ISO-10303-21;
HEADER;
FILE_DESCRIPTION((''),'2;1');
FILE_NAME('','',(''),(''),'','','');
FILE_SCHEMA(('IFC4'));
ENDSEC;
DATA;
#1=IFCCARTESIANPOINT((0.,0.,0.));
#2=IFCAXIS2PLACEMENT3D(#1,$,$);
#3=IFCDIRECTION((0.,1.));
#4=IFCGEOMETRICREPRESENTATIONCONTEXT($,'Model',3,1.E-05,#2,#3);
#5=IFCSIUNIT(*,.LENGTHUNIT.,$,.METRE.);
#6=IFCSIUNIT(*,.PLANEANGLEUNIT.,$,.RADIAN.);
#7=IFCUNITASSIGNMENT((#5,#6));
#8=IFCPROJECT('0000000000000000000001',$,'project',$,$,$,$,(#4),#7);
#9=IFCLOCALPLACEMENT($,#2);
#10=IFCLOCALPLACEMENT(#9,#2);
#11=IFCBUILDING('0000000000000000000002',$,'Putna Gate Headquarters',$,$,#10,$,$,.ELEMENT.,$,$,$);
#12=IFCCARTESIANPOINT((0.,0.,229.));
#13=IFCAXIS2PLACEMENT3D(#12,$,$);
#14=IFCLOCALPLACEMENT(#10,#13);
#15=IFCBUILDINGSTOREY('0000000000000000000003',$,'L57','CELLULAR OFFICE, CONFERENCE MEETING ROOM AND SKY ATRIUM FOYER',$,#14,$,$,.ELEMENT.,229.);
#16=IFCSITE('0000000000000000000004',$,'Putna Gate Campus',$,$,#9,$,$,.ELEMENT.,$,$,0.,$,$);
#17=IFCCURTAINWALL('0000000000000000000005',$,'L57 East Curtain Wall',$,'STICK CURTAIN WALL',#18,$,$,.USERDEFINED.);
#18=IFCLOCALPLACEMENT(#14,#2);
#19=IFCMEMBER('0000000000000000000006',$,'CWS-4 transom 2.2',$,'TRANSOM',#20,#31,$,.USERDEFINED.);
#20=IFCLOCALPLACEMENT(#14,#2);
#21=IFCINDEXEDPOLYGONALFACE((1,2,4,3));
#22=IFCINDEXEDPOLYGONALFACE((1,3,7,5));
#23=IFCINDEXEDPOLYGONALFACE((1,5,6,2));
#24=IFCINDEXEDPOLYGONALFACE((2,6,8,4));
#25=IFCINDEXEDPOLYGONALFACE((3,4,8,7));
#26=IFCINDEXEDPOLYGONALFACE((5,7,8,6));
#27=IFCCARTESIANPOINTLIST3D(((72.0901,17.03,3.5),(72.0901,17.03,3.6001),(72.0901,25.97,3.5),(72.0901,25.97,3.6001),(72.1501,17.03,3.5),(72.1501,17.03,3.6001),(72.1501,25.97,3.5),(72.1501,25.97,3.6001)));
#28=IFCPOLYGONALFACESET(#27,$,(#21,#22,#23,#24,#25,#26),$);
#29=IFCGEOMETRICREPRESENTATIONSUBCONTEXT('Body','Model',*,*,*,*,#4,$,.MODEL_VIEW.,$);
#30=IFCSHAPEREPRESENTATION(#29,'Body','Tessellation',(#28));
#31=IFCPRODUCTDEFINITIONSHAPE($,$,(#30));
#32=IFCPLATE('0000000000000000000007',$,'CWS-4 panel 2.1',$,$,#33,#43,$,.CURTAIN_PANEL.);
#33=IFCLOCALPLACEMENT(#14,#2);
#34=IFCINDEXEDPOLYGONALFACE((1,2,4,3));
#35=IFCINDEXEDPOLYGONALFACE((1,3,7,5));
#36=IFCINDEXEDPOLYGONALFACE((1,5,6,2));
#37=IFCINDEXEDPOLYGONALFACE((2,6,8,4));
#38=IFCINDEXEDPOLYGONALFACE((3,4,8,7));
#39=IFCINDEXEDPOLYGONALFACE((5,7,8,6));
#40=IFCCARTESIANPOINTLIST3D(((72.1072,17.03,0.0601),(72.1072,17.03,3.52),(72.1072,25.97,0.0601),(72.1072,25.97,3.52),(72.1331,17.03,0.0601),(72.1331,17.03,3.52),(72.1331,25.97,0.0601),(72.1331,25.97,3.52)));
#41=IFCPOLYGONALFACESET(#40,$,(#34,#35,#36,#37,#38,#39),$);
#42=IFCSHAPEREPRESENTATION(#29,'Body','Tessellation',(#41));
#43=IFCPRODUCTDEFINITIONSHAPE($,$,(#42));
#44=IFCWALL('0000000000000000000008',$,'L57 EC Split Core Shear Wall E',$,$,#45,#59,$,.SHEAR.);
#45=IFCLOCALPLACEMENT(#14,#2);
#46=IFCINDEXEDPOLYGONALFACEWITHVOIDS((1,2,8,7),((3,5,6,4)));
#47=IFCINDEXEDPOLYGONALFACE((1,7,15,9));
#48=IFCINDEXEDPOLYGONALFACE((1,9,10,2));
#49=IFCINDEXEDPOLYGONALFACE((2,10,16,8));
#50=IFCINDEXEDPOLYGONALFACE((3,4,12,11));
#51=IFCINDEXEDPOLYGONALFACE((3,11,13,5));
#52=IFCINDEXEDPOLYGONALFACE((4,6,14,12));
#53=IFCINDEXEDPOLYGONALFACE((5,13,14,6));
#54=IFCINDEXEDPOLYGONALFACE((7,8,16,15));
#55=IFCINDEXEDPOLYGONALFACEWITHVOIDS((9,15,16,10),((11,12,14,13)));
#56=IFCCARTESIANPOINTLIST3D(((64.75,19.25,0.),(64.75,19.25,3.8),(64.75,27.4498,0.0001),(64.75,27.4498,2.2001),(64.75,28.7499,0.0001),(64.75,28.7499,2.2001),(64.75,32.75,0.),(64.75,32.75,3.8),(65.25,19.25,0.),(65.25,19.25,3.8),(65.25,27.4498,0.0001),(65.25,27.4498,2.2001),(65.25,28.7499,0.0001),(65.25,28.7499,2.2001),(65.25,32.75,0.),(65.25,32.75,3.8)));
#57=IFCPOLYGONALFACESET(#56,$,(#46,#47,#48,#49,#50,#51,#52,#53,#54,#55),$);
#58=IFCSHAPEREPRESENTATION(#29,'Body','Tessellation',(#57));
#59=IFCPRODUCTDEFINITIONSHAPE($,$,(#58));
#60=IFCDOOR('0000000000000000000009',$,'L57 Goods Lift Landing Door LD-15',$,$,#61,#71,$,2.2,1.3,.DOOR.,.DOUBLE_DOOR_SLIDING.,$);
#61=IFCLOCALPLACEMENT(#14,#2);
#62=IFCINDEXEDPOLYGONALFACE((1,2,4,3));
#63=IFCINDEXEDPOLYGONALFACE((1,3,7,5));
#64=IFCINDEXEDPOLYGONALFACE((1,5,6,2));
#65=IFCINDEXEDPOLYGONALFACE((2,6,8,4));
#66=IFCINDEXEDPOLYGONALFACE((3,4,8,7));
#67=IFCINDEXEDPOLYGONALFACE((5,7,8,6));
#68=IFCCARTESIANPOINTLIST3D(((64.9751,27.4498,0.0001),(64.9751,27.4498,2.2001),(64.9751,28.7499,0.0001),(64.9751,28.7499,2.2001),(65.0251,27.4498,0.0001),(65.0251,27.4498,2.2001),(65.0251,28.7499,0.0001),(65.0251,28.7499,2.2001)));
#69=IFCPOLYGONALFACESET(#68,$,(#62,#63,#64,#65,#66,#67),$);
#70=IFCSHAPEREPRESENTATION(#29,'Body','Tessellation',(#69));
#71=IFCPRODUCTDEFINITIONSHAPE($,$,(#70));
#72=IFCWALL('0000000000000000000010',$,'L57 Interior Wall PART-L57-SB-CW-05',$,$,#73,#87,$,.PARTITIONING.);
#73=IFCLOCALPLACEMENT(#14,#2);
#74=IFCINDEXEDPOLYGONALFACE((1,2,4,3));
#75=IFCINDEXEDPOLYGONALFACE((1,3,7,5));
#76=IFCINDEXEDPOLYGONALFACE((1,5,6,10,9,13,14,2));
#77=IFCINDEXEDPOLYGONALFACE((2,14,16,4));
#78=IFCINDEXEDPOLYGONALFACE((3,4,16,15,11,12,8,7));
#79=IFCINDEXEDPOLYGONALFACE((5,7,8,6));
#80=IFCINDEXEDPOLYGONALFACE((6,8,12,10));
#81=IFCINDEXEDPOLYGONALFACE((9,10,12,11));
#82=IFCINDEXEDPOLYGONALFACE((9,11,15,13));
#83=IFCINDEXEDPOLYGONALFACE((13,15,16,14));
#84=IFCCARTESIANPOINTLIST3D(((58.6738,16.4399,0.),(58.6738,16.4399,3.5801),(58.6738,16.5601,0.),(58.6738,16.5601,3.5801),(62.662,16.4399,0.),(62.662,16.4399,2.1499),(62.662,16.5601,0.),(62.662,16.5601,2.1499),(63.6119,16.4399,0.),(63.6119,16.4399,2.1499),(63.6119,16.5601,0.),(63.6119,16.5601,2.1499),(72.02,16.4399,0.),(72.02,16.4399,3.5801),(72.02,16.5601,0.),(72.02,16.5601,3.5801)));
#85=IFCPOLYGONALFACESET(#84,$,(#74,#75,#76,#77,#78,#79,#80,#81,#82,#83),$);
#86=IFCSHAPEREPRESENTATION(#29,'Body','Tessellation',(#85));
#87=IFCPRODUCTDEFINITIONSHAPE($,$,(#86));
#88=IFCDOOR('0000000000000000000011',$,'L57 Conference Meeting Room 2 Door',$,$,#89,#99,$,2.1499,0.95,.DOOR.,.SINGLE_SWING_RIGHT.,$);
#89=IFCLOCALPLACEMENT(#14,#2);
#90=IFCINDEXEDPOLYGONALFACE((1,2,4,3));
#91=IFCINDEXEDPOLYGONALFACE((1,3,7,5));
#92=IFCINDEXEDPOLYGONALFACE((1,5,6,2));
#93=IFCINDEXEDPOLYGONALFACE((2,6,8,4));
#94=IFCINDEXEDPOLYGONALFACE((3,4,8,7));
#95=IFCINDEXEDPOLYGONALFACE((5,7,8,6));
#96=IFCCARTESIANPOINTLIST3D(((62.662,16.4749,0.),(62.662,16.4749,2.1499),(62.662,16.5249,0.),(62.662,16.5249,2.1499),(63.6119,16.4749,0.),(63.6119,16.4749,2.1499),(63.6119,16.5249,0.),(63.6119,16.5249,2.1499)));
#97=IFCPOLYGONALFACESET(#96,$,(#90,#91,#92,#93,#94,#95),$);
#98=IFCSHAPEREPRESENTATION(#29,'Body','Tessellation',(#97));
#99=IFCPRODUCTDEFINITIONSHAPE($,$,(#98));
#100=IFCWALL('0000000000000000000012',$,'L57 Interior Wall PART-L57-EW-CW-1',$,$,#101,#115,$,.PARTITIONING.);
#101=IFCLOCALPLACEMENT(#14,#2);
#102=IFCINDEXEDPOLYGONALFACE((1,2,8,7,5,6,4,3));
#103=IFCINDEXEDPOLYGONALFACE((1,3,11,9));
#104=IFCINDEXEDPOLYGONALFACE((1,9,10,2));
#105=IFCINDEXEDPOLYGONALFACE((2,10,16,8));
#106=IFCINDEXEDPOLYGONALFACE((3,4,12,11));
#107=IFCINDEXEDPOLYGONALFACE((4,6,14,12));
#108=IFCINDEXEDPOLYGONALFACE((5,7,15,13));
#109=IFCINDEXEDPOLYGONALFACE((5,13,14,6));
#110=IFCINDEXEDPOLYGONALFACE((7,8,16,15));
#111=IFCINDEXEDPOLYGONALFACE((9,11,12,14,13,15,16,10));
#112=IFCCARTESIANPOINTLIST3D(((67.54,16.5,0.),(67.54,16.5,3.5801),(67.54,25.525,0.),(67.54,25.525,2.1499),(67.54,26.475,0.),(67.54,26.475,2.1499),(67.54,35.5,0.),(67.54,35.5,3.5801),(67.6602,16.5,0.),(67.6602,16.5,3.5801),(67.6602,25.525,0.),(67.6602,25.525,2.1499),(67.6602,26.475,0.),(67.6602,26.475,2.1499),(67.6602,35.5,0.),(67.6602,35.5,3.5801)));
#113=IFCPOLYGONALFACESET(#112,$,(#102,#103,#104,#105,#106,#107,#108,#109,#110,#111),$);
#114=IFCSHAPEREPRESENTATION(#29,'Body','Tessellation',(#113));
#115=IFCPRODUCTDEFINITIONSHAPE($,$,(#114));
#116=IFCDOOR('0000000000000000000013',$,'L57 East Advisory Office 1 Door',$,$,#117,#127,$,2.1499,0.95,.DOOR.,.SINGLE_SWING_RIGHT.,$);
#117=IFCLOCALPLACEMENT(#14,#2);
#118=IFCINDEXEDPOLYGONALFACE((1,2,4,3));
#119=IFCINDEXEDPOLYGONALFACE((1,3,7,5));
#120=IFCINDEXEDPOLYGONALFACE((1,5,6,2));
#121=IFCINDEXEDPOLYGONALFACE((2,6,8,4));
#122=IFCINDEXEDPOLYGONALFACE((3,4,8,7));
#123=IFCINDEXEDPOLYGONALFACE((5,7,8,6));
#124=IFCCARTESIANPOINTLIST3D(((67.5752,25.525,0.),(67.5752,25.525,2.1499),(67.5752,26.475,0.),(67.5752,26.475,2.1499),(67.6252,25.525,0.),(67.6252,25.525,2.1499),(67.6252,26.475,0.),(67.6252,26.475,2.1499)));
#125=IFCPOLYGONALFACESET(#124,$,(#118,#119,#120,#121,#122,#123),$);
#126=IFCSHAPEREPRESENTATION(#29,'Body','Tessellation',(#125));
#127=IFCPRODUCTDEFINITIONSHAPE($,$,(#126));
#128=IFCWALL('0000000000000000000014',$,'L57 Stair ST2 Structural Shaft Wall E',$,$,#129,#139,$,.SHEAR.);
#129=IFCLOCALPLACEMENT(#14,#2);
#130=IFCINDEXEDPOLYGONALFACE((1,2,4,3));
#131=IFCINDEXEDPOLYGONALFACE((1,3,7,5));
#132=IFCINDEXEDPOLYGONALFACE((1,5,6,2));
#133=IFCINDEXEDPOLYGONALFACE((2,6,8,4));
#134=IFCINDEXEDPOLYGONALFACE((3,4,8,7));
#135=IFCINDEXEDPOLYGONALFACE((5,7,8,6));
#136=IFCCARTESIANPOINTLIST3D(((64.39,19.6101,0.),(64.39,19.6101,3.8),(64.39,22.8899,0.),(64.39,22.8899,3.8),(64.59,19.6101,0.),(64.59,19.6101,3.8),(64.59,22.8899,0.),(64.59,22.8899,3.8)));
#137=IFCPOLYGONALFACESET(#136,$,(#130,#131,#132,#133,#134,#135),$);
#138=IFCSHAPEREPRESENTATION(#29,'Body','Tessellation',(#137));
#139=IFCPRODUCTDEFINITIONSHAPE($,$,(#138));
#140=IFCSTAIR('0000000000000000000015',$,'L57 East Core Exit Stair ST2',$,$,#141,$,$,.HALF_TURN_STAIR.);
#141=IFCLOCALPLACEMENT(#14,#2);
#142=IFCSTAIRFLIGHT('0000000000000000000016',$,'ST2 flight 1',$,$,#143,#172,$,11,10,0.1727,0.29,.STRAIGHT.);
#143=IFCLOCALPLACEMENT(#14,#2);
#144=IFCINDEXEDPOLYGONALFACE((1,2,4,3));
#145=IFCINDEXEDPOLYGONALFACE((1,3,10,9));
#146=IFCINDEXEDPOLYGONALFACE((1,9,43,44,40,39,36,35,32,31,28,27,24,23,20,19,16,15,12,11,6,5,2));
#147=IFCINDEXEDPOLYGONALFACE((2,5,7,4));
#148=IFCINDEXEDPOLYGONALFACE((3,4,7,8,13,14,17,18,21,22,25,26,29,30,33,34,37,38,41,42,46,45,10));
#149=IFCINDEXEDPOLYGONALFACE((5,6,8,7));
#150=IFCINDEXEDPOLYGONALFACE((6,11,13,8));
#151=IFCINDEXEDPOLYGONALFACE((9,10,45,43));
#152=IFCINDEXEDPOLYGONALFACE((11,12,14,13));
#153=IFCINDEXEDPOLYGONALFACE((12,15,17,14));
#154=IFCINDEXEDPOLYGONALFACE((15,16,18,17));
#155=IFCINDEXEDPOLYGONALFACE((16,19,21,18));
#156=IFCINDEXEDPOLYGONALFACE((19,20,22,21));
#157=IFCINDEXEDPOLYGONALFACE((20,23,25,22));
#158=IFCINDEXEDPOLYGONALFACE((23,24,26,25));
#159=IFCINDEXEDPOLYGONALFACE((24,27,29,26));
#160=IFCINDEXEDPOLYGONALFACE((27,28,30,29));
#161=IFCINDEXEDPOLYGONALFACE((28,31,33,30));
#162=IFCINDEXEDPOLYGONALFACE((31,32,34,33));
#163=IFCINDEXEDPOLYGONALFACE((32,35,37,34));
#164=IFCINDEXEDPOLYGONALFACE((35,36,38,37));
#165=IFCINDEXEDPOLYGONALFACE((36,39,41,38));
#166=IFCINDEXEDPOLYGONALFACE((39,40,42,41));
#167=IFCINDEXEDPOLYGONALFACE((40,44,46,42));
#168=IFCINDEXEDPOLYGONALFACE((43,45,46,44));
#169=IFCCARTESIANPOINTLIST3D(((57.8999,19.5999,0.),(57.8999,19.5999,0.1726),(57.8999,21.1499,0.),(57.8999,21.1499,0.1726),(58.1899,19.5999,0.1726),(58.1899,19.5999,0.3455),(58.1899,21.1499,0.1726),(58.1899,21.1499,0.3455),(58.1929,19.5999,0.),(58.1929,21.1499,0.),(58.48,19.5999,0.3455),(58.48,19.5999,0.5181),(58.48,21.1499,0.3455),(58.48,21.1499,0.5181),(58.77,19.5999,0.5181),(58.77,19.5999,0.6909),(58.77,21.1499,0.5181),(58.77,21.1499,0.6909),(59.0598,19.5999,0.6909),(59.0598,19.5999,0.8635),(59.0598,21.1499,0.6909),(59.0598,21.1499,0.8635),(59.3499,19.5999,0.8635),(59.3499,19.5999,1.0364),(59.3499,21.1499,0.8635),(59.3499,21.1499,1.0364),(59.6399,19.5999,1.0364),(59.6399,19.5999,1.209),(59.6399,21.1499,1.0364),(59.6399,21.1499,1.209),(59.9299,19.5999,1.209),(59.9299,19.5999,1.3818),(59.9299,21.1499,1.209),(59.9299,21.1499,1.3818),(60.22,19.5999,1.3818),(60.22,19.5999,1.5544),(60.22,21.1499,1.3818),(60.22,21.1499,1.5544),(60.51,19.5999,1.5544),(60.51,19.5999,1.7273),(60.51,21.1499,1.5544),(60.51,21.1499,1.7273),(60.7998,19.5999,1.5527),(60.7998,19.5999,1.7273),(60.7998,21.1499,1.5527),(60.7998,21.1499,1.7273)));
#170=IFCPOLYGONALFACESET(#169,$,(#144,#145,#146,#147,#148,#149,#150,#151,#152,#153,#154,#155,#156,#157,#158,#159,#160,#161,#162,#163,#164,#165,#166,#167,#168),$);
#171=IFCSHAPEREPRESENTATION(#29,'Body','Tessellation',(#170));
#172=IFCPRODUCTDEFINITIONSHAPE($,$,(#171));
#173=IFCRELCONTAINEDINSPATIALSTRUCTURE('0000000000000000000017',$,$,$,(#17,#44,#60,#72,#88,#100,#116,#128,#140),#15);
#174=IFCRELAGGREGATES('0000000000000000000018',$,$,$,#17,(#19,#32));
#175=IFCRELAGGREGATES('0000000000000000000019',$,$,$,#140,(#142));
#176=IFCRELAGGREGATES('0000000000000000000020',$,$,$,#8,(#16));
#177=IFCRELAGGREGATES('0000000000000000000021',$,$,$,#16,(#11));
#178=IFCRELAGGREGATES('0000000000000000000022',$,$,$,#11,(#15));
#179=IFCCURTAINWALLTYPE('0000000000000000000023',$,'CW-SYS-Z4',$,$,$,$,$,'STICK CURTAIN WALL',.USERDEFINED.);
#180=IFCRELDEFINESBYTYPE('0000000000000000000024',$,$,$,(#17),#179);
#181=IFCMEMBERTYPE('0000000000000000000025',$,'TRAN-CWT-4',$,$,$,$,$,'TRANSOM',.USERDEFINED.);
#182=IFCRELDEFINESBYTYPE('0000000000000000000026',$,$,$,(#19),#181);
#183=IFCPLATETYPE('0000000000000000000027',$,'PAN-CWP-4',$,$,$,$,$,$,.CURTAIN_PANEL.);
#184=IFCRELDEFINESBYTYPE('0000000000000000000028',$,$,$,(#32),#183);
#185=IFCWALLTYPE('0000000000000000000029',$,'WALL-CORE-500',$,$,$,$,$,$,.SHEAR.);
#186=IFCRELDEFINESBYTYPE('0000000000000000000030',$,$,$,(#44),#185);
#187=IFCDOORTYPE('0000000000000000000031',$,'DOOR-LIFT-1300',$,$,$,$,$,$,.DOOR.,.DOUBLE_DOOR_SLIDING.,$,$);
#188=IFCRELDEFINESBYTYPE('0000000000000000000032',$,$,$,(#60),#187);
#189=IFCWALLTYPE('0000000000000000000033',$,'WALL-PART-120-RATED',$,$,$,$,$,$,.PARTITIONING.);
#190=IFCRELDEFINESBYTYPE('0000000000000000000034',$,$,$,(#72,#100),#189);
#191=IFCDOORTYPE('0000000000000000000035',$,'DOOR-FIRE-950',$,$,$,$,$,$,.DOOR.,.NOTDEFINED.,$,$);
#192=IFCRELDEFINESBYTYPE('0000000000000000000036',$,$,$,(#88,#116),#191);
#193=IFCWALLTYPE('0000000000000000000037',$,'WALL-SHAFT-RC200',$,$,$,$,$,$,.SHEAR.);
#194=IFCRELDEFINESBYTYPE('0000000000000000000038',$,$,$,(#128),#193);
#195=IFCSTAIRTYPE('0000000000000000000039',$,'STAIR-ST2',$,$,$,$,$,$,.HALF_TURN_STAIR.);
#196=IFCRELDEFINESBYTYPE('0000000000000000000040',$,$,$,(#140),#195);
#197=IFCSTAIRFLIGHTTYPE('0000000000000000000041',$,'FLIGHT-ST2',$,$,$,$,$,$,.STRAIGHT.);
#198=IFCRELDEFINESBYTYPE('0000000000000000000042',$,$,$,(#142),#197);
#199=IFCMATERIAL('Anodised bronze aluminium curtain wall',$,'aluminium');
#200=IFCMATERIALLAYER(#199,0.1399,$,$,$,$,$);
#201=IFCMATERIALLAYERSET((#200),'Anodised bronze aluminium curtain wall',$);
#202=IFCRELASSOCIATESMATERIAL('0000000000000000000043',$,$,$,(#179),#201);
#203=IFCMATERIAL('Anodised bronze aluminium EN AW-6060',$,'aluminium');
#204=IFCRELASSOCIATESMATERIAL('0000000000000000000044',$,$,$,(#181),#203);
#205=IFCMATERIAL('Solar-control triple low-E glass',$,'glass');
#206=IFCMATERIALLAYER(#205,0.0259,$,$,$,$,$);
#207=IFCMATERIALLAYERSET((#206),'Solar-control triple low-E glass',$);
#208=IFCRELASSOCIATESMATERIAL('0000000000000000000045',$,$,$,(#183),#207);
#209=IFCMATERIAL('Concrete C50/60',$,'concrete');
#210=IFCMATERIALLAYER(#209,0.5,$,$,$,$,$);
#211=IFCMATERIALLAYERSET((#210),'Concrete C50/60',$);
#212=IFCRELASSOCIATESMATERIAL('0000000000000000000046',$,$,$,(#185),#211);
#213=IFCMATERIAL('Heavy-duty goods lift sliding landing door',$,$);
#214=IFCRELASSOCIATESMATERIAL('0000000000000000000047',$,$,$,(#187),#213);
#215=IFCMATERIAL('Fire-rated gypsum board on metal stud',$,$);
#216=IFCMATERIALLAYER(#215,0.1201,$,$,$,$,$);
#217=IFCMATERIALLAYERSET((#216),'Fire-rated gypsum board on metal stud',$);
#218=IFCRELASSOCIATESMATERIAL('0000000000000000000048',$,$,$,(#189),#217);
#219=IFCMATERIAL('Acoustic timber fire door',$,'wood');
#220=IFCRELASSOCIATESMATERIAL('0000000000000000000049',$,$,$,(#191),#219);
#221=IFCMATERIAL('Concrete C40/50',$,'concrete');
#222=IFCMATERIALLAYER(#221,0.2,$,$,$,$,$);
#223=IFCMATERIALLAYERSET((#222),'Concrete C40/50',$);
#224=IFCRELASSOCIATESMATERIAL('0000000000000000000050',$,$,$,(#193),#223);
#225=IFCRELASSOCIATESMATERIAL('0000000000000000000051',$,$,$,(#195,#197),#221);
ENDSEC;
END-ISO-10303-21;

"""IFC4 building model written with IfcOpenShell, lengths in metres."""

from ifc_helpers import new_model, si_unit, direction, frame, frame_2d, origin, origin_2d, place, context, subcontext, project, spatial, polyline, rectangle, outline, extrude, material, layer, layer_set, material_profile, profile_set, type_object, element, fill, aggregate, save


model = new_model("IFC4")

# Units and contexts
model_context = context("Model", 3, precision=1e-05, world=origin(), true_north=direction((0.0, 1.0)))
body_context = subcontext(model_context, "Body", "Model", "MODEL_VIEW")
ifc_project = project(units=[si_unit("LENGTHUNIT", "METRE"), si_unit("PLANEANGLEUNIT", "RADIAN")], contexts=[model_context])

# Site, building, storey
site_placement = place(None, origin())
site = spatial("IfcSite", under=ifc_project, at=site_placement, Name="Putna Gate Campus", CompositionType="ELEMENT", RefElevation=0.0)
building_placement = place(site_placement, origin())
building = spatial("IfcBuilding", under=site, at=building_placement, Name="Putna Gate Headquarters", CompositionType="ELEMENT")
storey_placement = place(building_placement, frame((0.0, 0.0, 229.0)))
storey = spatial("IfcBuildingStorey", under=building, at=storey_placement, Name="L57", Description="CELLULAR OFFICE, CONFERENCE MEETING ROOM AND SKY ATRIUM FOYER", CompositionType="ELEMENT", Elevation=229.0)

# Curtain wall, member, plate
ifc_material_1 = material(Name="Anodised bronze aluminium curtain wall", Category="aluminium")
ifc_layer_1 = layer(ifc_material_1, 0.1399)
ifc_layer_set_1 = layer_set([ifc_layer_1], Name="Anodised bronze aluminium curtain wall")
curtain_wall_type = type_object("IfcCurtainWallType", Name="CW-SYS-Z4", ElementType="STICK CURTAIN WALL", PredefinedType="USERDEFINED", material=ifc_layer_set_1)
curtain_wall_placement = place(storey_placement, origin())
curtain_wall = element("IfcCurtainWall", 1, at=curtain_wall_placement, inside=storey, type_object=curtain_wall_type, Name="L57 East Curtain Wall", ObjectType="STICK CURTAIN WALL", PredefinedType="USERDEFINED")
ifc_material_2 = material(Name="Anodised bronze aluminium EN AW-6060", Category="aluminium")
ifc_material_profile_1 = material_profile(ifc_material_2, rectangle(XDim=0.0601, YDim=0.1001, at=origin_2d()), Name="Anodised bronze aluminium EN AW-6060")
ifc_profile_set_1 = profile_set([ifc_material_profile_1], Name="Anodised bronze aluminium EN AW-6060")
member_type_1 = type_object("IfcMemberType", Name="TRAN-CWT-4", ElementType="TRANSOM", PredefinedType="USERDEFINED", material=ifc_profile_set_1)
member_1_placement = place(storey_placement, frame((72.1201, 17.03, 3.55), z_axis=(0.0, 1.0, 0.0), x_axis=(-1.0, 0.0, 0.0)))
member_1 = element("IfcMember", 2, at=member_1_placement, type_object=member_type_1, Name="CWS-4 transom 2.2", ObjectType="TRANSOM", PredefinedType="USERDEFINED", context=body_context, shape_type="SweptSolid", body=[
    extrude(rectangle(XDim=0.0601, YDim=0.1001, at=origin_2d()), origin(), (0.0, 0.0, 1.0), 8.9399),
])
ifc_material_3 = material(Name="Solar-control triple low-E glass", Category="glass")
ifc_layer_2 = layer(ifc_material_3, 0.0259)
ifc_layer_set_2 = layer_set([ifc_layer_2], Name="Solar-control triple low-E glass")
plate_type = type_object("IfcPlateType", Name="PAN-CWP-4", PredefinedType="CURTAIN_PANEL", material=ifc_layer_set_2)
plate_placement = place(storey_placement, frame((72.1201, 21.5, 0.0601), z_axis=(0.0, 0.0, 1.0), x_axis=(0.0, 1.0, 0.0)))
plate = element("IfcPlate", 3, at=plate_placement, type_object=plate_type, Name="CWS-4 panel 2.1", PredefinedType="CURTAIN_PANEL", context=body_context, shape_type="SweptSolid", body=[
    extrude(rectangle(XDim=8.9399, YDim=0.0259, at=origin_2d()), origin(), (0.0, 0.0, 1.0), 3.46),
])
aggregate(curtain_wall, [member_1, plate])

# Walls, openings, doors
ifc_material_4 = material(Name="Concrete C50/60", Category="concrete")
ifc_layer_3 = layer(ifc_material_4, 0.5)
ifc_layer_set_3 = layer_set([ifc_layer_3], Name="Concrete C50/60")
wall_type_1 = type_object("IfcWallType", Name="WALL-CORE-500", PredefinedType="SHEAR", material=ifc_layer_set_3)
wall_1_placement = place(storey_placement, frame((65.0, 19.25, 0.0), z_axis=(0.0, 0.0, 1.0), x_axis=(0.0, 1.0, 0.0)))
wall_1 = element("IfcWall", 4, at=wall_1_placement, inside=storey, type_object=wall_type_1, Name="L57 EC Split Core Shear Wall E", PredefinedType="SHEAR", context=body_context, shape_type="SweptSolid", body=[
    extrude(rectangle(XDim=13.5, YDim=0.5, at=frame_2d((6.75, 0.0))), origin(), (0.0, 0.0, 1.0), 3.8),
])
opening_1_placement = place(wall_1_placement, frame((8.2, 0.0, 0.0)))
opening_1 = element("IfcOpeningElement", 5, at=opening_1_placement, cuts=wall_1, PredefinedType="OPENING", context=body_context, shape_type="SweptSolid", body=[
    extrude(rectangle(XDim=1.3, YDim=2.2, at=frame_2d((0.6499, 1.1001))), frame((0.0, 0.26, 0.0), z_axis=(0.0, -1.0, 0.0), x_axis=(1.0, 0.0, 0.0)), (0.0, 0.0, 1.0), 0.52),
])
ifc_material_5 = material(Name="Heavy-duty goods lift sliding landing door")
door_type_1 = type_object("IfcDoorType", Name="DOOR-LIFT-1300", OperationType="DOUBLE_DOOR_SLIDING", PredefinedType="DOOR", material=ifc_material_5)
door_1_placement = place(opening_1_placement, origin())
door_1 = element("IfcDoor", 6, at=door_1_placement, inside=storey, type_object=door_type_1, Name="L57 Goods Lift Landing Door LD-15", OperationType="DOUBLE_DOOR_SLIDING", OverallHeight=2.2, OverallWidth=1.3, PredefinedType="DOOR", context=body_context, shape_type="SweptSolid", body=[
    extrude(rectangle(XDim=1.3, YDim=2.2, at=frame_2d((0.6499, 1.1001))), frame((0.0, 0.0249, 0.0), z_axis=(0.0, -1.0, 0.0), x_axis=(1.0, 0.0, 0.0)), (0.0, 0.0, 1.0), 0.05),
])
fill(opening_1, door_1)
ifc_material_6 = material(Name="Fire-rated gypsum board on metal stud")
ifc_layer_4 = layer(ifc_material_6, 0.1201)
ifc_layer_set_4 = layer_set([ifc_layer_4], Name="Fire-rated gypsum board on metal stud")
wall_type_2 = type_object("IfcWallType", Name="WALL-PART-120-RATED", PredefinedType="PARTITIONING", material=ifc_layer_set_4)
wall_2_placement = place(storey_placement, frame((58.6738, 16.5, 0.0), z_axis=(0.0, 0.0, 1.0), x_axis=(1.0, 0.0, 0.0)))
wall_2 = element("IfcWall", 7, at=wall_2_placement, inside=storey, type_object=wall_type_2, Name="L57 Interior Wall PART-L57-SB-CW-05", PredefinedType="PARTITIONING", context=body_context, shape_type="SweptSolid", body=[
    extrude(rectangle(XDim=13.3462, YDim=0.1201, at=frame_2d((6.6731, 0.0))), origin(), (0.0, 0.0, 1.0), 3.5801),
])
opening_2_placement = place(wall_2_placement, frame((3.988, 0.0, 0.0)))
opening_2 = element("IfcOpeningElement", 8, at=opening_2_placement, cuts=wall_2, PredefinedType="OPENING", context=body_context, shape_type="SweptSolid", body=[
    extrude(rectangle(XDim=0.95, YDim=2.1499, at=frame_2d((0.4751, 1.075))), frame((0.0, 0.0701, 0.0), z_axis=(0.0, -1.0, 0.0), x_axis=(1.0, 0.0, 0.0)), (0.0, 0.0, 1.0), 0.1401),
])
ifc_material_7 = material(Name="Acoustic timber fire door", Category="wood")
door_type_2 = type_object("IfcDoorType", Name="DOOR-FIRE-950", OperationType="NOTDEFINED", PredefinedType="DOOR", material=ifc_material_7)
door_2_placement = place(opening_2_placement, origin())
door_2 = element("IfcDoor", 9, at=door_2_placement, inside=storey, type_object=door_type_2, Name="L57 Conference Meeting Room 2 Door", OperationType="SINGLE_SWING_RIGHT", OverallHeight=2.1499, OverallWidth=0.95, PredefinedType="DOOR", context=body_context, shape_type="SweptSolid", body=[
    extrude(rectangle(XDim=0.95, YDim=2.1499, at=frame_2d((0.4751, 1.075))), frame((0.0, 0.0249, 0.0), z_axis=(0.0, -1.0, 0.0), x_axis=(1.0, 0.0, 0.0)), (0.0, 0.0, 1.0), 0.05),
])
fill(opening_2, door_2)
wall_3_placement = place(storey_placement, frame((67.6001, 16.5, 0.0), z_axis=(0.0, 0.0, 1.0), x_axis=(0.0, 1.0, 0.0)))
wall_3 = element("IfcWall", 10, at=wall_3_placement, inside=storey, type_object=wall_type_2, Name="L57 Interior Wall PART-L57-EW-CW-1", PredefinedType="PARTITIONING", context=body_context, shape_type="SweptSolid", body=[
    extrude(rectangle(XDim=19.0, YDim=0.1201, at=frame_2d((9.5, 0.0))), origin(), (0.0, 0.0, 1.0), 3.5801),
])
opening_3_placement = place(wall_3_placement, frame((9.0249, 0.0, 0.0)))
opening_3 = element("IfcOpeningElement", 11, at=opening_3_placement, cuts=wall_3, PredefinedType="OPENING", context=body_context, shape_type="SweptSolid", body=[
    extrude(rectangle(XDim=0.95, YDim=2.1499, at=frame_2d((0.4751, 1.075))), frame((0.0, 0.0701, 0.0), z_axis=(0.0, -1.0, 0.0), x_axis=(1.0, 0.0, 0.0)), (0.0, 0.0, 1.0), 0.1401),
])
door_3_placement = place(opening_3_placement, origin())
door_3 = element("IfcDoor", 12, at=door_3_placement, inside=storey, type_object=door_type_2, Name="L57 East Advisory Office 1 Door", OperationType="SINGLE_SWING_RIGHT", OverallHeight=2.1499, OverallWidth=0.95, PredefinedType="DOOR", context=body_context, shape_type="SweptSolid", body=[
    extrude(rectangle(XDim=0.95, YDim=2.1499, at=frame_2d((0.4751, 1.075))), frame((0.0, 0.0249, 0.0), z_axis=(0.0, -1.0, 0.0), x_axis=(1.0, 0.0, 0.0)), (0.0, 0.0, 1.0), 0.05),
])
fill(opening_3, door_3)

# Wall
ifc_material_8 = material(Name="Concrete C40/50", Category="concrete")
ifc_layer_5 = layer(ifc_material_8, 0.2)
ifc_layer_set_5 = layer_set([ifc_layer_5], Name="Concrete C40/50")
wall_type_3 = type_object("IfcWallType", Name="WALL-SHAFT-RC200", PredefinedType="SHEAR", material=ifc_layer_set_5)
wall_4_placement = place(storey_placement, frame((64.49, 19.6101, 0.0), z_axis=(0.0, 0.0, 1.0), x_axis=(0.0, 1.0, 0.0)))
element("IfcWall", 13, at=wall_4_placement, inside=storey, type_object=wall_type_3, Name="L57 Stair ST2 Structural Shaft Wall E", PredefinedType="SHEAR", context=body_context, shape_type="SweptSolid", body=[
    extrude(rectangle(XDim=3.2798, YDim=0.2, at=frame_2d((1.6399, 0.0))), origin(), (0.0, 0.0, 1.0), 3.8),
])

# Stair, stair flight
stair_type = type_object("IfcStairType", Name="STAIR-ST2", PredefinedType="HALF_TURN_STAIR", material=ifc_material_8)
stair_placement = place(storey_placement, origin())
stair = element("IfcStair", 14, at=stair_placement, inside=storey, type_object=stair_type, Name="L57 East Core Exit Stair ST2", PredefinedType="HALF_TURN_STAIR")
stair_flight_type = type_object("IfcStairFlightType", Name="FLIGHT-ST2", PredefinedType="STRAIGHT", material=ifc_material_8)
stair_flight_1_placement = place(storey_placement, frame((57.8999, 20.375, 0.0), z_axis=(0.0, 0.0, 1.0), x_axis=(1.0, 0.0, 0.0)))
stair_flight_1 = element("IfcStairFlight", 15, at=stair_flight_1_placement, type_object=stair_flight_type, Name="ST2 flight 1", NumberOfRisers=11, NumberOfTreads=10, PredefinedType="STRAIGHT", RiserHeight=0.1727, TreadLength=0.29, context=body_context, shape_type="SweptSolid", body=[
    extrude(outline(polyline([(0.0, 0.0), (0.0, 0.1726), (0.29, 0.1726), (0.29, 0.3455), (0.5801, 0.3455), (0.5801, 0.5181), (0.8701, 0.5181), (0.8701, 0.6909), (1.1599, 0.6909), (1.1599, 0.8635), (1.45, 0.8635), (1.45, 1.0364), (1.74, 1.0364), (1.74, 1.209), (2.03, 1.209), (2.03, 1.3818), (2.3201, 1.3818), (2.3201, 1.5544), (2.6101, 1.5544), (2.6101, 1.7273), (2.8999, 1.7273), (2.8999, 1.8999), (2.8999, 1.5527), (0.293, 0.0), (0.0, 0.0)])), frame((0.0, 0.7749, 0.0), z_axis=(0.0, -1.0, 0.0), x_axis=(1.0, 0.0, 0.0)), (0.0, 0.0, 1.0), 1.55),
])
aggregate(stair, [stair_flight_1])

save(model, "model.ifc")
